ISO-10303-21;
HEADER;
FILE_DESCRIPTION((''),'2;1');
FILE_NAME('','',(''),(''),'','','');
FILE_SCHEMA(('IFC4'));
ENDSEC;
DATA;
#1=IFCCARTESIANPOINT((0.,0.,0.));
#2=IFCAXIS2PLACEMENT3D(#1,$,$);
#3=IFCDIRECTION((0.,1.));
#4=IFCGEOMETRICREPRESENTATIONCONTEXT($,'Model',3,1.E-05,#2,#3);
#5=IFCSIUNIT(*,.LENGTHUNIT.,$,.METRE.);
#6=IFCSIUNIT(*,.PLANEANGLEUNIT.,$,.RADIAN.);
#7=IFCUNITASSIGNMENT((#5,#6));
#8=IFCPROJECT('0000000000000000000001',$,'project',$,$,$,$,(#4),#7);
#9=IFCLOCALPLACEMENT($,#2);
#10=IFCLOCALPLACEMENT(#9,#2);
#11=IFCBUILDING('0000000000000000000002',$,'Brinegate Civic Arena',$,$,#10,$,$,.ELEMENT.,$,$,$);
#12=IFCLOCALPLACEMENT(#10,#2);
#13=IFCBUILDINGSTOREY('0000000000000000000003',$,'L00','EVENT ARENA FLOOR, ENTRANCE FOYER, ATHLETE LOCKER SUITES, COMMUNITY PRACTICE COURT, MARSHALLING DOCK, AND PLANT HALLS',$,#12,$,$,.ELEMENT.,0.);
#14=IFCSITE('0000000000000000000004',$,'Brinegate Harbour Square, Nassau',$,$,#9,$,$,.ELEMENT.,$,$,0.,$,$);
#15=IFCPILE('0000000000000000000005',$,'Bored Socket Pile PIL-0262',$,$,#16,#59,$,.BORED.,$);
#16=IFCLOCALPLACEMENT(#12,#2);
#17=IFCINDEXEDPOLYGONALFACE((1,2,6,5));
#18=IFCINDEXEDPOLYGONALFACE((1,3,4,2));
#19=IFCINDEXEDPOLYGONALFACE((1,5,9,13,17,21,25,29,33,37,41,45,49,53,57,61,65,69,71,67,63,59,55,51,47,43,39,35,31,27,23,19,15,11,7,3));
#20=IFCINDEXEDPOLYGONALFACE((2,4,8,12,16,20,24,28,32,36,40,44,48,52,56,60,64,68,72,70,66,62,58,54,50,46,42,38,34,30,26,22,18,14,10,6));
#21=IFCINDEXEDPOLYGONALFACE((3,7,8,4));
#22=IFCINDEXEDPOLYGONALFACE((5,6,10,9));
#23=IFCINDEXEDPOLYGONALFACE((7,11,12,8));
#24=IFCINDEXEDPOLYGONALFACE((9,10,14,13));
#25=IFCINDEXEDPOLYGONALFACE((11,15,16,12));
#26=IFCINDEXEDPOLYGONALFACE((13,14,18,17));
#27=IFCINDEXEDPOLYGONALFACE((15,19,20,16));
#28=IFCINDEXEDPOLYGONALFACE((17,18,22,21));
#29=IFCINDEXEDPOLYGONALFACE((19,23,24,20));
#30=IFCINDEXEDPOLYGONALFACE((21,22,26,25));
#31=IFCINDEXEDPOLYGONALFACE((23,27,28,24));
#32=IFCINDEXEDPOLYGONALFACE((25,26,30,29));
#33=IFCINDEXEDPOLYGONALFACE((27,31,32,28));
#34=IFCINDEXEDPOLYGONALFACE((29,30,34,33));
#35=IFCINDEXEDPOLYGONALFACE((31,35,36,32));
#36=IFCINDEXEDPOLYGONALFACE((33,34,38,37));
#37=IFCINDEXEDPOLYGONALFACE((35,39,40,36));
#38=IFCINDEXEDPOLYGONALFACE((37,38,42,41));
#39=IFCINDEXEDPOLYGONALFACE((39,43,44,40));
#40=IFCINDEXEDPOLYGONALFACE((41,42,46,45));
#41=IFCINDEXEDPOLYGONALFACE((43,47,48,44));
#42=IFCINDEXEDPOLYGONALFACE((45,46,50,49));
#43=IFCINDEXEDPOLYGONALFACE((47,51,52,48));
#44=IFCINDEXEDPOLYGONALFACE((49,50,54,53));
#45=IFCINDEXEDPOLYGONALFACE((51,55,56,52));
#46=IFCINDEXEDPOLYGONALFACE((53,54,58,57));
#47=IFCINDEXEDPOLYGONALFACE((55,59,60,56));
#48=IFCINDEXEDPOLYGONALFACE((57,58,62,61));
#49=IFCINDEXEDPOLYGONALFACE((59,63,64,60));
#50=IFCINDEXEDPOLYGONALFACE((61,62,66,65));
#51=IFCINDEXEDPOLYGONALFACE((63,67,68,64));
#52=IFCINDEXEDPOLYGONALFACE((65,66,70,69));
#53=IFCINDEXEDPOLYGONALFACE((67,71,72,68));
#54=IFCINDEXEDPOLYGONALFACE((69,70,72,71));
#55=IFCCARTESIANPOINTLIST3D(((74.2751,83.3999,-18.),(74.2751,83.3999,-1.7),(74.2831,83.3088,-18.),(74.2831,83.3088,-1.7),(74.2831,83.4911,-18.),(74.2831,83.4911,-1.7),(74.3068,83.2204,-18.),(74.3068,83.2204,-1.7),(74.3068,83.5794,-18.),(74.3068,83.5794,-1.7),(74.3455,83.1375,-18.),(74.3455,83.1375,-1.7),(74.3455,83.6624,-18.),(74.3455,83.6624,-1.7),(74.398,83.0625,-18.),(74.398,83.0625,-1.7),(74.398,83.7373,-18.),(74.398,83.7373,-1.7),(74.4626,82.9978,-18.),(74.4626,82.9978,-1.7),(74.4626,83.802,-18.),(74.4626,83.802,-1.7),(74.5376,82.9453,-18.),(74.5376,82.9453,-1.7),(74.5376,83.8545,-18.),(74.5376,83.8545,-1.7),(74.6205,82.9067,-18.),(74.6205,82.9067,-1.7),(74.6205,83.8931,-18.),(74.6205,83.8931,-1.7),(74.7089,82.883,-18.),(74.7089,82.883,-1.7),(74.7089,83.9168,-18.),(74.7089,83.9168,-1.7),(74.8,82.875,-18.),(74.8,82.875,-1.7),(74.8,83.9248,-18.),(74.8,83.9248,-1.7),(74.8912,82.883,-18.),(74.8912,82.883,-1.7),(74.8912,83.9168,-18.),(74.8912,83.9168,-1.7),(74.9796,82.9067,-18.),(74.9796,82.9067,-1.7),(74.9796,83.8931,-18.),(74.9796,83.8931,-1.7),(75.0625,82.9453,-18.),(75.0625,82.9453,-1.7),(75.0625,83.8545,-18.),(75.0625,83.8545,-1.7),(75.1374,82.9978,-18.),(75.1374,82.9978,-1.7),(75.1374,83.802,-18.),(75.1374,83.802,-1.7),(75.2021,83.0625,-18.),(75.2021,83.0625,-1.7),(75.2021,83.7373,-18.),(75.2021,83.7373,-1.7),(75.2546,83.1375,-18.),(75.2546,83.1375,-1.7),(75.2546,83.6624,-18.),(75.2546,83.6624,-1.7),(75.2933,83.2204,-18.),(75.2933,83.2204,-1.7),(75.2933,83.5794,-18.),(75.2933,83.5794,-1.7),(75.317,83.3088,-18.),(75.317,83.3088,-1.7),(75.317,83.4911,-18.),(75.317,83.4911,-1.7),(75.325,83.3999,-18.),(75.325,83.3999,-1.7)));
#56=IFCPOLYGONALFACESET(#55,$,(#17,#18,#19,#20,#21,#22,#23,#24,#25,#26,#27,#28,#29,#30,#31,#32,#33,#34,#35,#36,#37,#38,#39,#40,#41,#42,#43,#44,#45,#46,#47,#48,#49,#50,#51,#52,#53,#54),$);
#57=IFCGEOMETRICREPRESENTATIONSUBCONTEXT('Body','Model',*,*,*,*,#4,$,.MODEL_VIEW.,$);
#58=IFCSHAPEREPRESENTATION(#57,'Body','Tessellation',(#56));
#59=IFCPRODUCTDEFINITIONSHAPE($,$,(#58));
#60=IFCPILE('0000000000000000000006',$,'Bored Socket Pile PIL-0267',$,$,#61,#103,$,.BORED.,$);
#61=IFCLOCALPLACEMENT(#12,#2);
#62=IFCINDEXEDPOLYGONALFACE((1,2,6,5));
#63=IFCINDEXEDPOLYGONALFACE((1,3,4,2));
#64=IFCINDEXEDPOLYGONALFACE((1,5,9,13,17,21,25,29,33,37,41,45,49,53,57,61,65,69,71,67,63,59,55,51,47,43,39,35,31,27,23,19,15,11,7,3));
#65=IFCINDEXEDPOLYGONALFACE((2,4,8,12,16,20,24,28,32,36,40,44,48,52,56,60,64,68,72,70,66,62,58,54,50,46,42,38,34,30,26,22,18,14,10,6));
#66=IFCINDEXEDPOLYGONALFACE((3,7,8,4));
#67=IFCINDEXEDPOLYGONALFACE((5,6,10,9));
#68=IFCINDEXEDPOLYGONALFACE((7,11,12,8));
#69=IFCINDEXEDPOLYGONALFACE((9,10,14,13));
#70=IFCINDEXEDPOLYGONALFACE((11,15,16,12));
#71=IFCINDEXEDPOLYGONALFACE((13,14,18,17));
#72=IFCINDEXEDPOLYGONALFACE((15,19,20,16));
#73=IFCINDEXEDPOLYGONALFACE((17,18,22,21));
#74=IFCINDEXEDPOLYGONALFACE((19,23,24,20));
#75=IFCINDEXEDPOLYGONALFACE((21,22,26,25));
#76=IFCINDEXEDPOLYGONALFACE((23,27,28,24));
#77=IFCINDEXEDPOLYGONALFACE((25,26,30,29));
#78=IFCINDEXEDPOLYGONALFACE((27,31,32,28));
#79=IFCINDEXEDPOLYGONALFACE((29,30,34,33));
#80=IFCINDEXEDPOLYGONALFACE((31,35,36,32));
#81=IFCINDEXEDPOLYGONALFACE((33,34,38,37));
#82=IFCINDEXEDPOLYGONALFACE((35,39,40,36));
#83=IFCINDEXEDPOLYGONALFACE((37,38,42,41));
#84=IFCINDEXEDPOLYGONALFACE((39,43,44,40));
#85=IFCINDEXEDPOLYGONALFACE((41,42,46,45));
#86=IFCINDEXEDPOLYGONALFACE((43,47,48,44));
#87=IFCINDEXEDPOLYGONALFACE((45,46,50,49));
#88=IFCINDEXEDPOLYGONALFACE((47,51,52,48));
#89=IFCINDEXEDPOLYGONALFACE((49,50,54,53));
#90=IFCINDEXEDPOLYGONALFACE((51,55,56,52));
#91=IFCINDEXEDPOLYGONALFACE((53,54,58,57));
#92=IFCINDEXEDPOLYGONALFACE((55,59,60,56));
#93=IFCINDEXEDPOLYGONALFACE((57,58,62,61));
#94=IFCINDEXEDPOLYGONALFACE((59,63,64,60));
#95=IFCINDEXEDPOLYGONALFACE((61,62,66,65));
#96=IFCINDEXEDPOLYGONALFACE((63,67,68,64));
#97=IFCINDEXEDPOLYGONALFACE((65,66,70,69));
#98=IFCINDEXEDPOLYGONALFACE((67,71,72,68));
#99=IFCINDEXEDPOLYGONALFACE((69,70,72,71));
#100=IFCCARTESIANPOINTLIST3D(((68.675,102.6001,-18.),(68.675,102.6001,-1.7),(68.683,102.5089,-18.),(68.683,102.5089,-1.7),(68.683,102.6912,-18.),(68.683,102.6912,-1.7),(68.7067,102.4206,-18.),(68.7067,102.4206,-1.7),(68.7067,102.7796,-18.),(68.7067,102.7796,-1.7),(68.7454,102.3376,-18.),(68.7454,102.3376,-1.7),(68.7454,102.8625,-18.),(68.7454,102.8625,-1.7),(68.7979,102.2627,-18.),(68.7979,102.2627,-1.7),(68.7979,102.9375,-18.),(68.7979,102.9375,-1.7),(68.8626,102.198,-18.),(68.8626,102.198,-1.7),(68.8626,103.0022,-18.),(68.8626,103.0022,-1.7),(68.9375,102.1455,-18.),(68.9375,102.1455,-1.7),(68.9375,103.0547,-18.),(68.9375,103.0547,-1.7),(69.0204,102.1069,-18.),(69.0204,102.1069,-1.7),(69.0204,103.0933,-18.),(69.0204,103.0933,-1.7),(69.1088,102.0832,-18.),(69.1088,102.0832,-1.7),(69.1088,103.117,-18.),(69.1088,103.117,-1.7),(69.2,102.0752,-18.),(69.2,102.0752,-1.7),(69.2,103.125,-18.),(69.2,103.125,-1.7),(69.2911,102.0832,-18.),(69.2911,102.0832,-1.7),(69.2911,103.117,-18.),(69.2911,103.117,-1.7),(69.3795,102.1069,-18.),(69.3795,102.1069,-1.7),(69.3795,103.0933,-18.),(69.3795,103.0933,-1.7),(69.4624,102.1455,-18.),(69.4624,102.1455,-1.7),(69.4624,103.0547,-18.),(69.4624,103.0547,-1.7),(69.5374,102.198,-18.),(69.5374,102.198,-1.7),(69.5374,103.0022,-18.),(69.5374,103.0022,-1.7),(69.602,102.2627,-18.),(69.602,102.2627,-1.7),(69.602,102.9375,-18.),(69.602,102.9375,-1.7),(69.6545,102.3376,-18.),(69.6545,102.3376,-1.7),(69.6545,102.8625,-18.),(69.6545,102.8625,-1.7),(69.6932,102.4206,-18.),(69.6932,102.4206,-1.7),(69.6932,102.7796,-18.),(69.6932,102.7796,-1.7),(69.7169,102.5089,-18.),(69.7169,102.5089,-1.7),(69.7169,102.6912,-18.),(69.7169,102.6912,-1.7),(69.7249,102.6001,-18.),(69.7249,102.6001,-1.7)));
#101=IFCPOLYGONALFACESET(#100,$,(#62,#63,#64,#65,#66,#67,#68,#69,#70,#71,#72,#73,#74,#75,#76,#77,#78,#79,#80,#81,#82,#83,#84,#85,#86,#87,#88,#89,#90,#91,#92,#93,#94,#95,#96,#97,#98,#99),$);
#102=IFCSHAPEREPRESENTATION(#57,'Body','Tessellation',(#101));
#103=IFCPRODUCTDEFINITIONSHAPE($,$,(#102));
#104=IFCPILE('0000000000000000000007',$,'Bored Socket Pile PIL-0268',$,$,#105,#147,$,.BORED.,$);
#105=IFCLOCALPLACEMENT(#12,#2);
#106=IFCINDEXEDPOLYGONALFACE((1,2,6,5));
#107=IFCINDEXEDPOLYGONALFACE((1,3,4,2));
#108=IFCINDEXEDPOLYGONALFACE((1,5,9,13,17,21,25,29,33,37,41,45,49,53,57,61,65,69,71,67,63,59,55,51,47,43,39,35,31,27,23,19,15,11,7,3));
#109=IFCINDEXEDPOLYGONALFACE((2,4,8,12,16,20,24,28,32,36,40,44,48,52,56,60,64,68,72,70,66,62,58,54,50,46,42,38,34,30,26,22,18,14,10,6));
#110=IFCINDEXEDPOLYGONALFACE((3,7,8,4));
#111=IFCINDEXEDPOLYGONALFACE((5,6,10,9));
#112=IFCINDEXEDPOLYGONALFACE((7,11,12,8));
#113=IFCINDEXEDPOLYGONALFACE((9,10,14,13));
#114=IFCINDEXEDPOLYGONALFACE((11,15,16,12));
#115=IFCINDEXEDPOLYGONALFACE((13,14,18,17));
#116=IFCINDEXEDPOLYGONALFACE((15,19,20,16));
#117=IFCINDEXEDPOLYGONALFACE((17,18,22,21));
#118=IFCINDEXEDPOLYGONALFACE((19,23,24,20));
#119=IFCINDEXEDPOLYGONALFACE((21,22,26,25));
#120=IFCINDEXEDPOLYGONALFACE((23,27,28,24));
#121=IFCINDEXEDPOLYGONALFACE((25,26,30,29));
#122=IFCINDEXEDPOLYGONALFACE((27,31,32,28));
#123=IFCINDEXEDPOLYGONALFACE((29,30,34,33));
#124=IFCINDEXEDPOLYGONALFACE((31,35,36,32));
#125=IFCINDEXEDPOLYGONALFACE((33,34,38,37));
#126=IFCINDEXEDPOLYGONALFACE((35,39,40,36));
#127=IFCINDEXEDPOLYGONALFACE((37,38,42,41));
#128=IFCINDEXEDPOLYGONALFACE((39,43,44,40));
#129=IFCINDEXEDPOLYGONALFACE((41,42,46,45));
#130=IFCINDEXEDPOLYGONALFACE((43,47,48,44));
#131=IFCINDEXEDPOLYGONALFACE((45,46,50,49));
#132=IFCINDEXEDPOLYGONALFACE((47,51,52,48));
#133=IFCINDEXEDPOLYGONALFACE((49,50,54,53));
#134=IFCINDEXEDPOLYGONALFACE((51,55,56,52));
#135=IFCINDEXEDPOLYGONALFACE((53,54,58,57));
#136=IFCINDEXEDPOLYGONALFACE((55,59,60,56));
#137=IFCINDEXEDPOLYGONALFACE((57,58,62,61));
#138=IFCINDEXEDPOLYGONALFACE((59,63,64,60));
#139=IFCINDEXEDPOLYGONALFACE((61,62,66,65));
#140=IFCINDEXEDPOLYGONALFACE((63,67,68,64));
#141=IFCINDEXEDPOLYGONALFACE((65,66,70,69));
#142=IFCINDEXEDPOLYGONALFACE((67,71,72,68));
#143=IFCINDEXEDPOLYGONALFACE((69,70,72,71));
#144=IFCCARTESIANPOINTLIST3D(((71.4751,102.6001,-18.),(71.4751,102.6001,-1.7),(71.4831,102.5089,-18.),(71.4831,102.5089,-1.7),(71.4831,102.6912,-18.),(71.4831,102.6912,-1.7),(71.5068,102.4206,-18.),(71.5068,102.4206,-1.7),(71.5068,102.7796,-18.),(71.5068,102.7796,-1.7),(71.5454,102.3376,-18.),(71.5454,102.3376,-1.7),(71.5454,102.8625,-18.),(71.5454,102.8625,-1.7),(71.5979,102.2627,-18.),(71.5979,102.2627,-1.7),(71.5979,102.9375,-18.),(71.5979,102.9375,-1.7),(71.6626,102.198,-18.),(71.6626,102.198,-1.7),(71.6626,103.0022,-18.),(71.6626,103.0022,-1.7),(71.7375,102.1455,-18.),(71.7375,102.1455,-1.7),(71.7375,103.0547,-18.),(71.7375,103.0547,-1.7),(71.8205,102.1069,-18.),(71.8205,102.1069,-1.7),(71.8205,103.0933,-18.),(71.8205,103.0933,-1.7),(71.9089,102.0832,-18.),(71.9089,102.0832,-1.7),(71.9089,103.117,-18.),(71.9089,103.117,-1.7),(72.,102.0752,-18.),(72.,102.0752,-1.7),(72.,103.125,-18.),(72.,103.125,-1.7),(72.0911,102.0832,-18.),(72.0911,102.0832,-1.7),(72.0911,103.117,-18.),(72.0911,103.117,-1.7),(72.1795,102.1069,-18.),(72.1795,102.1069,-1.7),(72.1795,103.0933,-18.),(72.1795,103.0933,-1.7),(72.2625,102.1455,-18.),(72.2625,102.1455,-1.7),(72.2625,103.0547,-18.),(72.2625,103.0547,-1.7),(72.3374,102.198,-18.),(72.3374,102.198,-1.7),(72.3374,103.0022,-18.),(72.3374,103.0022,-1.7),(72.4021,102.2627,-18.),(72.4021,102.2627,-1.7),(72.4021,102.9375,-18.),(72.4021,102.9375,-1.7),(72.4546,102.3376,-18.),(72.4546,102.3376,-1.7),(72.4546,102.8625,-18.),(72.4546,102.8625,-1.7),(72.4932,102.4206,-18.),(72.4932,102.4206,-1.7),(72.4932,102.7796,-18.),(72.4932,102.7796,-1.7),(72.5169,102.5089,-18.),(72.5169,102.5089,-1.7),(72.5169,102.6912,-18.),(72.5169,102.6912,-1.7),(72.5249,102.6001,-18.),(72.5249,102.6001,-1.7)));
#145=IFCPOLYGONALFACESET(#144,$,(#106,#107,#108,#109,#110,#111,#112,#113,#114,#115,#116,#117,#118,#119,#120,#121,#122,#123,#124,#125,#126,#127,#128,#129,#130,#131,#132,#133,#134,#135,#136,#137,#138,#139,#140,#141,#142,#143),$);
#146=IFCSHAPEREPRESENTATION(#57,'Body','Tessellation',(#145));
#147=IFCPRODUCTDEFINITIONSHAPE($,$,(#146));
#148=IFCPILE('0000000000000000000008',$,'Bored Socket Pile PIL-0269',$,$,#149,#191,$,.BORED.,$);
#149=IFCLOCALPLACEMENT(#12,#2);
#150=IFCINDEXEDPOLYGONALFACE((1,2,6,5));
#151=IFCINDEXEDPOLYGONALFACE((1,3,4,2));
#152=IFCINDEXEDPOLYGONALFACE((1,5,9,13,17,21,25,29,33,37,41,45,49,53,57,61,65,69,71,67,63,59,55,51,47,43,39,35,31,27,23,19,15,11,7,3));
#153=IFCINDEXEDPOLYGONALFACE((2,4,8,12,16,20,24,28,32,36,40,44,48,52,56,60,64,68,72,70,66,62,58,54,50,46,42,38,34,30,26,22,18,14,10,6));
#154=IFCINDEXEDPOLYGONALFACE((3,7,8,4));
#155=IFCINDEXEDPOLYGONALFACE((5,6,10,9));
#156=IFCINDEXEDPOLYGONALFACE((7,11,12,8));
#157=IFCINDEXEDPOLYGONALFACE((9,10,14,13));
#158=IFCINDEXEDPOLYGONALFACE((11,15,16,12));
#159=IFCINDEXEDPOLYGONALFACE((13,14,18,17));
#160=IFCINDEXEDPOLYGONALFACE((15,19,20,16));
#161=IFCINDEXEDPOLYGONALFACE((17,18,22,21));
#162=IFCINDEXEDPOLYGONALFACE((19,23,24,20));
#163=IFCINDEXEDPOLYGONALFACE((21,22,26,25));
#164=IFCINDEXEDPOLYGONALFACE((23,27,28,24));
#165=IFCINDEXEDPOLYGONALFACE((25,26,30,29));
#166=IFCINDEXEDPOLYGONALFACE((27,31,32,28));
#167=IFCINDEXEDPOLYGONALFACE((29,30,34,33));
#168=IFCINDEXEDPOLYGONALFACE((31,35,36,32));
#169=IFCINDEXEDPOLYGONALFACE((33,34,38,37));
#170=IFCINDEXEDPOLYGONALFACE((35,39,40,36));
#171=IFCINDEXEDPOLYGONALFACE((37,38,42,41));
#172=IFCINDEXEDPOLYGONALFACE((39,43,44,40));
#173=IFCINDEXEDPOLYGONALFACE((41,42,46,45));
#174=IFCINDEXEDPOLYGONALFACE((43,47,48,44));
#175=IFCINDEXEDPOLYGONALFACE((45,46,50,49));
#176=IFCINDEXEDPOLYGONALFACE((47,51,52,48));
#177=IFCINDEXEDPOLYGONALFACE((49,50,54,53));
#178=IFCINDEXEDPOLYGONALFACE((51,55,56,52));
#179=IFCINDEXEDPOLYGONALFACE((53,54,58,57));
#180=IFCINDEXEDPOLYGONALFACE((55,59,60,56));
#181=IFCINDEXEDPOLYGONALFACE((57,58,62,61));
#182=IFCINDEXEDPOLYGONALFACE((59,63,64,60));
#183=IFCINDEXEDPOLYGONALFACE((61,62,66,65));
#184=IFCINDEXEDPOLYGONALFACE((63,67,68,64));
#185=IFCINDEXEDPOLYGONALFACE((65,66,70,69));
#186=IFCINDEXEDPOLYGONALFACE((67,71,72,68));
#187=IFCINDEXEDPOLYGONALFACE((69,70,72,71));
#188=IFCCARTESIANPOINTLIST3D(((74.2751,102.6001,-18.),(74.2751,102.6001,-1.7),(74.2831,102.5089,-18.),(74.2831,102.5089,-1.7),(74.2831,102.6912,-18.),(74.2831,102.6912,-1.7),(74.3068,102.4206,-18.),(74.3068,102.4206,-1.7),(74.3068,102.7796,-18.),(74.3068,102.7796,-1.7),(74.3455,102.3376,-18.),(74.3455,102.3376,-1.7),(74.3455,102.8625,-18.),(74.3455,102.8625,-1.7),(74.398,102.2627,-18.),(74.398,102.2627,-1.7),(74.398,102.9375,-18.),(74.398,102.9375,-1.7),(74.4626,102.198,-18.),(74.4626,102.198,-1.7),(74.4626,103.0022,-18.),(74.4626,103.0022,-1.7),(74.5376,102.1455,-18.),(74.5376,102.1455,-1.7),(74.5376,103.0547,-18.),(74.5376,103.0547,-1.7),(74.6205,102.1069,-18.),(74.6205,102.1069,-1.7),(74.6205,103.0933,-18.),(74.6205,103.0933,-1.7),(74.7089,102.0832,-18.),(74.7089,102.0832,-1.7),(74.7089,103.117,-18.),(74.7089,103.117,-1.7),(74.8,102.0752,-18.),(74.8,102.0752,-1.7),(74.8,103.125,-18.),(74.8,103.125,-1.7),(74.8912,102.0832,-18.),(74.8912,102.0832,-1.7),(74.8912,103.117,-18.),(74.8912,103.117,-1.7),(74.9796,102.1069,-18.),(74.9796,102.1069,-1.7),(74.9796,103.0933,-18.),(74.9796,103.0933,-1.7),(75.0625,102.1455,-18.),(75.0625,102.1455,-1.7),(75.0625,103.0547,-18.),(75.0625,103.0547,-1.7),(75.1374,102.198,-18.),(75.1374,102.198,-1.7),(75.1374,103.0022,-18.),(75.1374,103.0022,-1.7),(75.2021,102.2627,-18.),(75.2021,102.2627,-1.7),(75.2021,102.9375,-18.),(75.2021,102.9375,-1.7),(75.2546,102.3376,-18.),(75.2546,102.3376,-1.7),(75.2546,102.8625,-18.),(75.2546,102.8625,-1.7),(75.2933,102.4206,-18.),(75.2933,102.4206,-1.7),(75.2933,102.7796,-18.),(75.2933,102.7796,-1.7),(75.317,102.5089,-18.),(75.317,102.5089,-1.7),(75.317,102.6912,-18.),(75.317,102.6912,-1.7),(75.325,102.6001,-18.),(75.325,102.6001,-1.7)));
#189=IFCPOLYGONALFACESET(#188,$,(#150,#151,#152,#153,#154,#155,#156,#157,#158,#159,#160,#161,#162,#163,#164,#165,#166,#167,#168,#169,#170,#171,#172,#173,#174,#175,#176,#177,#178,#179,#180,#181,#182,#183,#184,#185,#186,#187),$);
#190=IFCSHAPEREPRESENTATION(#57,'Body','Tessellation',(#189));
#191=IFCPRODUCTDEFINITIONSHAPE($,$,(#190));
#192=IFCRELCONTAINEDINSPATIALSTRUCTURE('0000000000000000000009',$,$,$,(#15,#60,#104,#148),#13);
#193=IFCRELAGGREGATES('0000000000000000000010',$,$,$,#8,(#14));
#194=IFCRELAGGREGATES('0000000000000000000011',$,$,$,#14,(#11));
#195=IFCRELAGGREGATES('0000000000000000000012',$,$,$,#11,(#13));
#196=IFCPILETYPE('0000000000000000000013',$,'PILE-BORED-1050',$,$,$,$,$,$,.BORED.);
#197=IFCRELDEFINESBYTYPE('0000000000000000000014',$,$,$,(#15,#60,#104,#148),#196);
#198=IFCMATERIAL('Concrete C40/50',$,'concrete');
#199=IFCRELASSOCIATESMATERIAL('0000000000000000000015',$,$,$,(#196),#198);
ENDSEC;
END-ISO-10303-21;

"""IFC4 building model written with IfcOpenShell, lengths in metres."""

from ifc_helpers import new_model, si_unit, direction, frame, origin, origin_2d, place, context, subcontext, project, spatial, circle, extrude, material, material_profile, profile_set, type_object, element, save


model = new_model("IFC4")

# Units and contexts
model_context = context("Model", 3, precision=1e-05, world=origin(), true_north=direction((0.0, 1.0)))
body_context = subcontext(model_context, "Body", "Model", "MODEL_VIEW")
ifc_project = project(units=[si_unit("LENGTHUNIT", "METRE"), si_unit("PLANEANGLEUNIT", "RADIAN")], contexts=[model_context])

# Site, building, storey
site_placement = place(None, origin())
site = spatial("IfcSite", under=ifc_project, at=site_placement, Name="Brinegate Harbour Square, Nassau", CompositionType="ELEMENT", RefElevation=0.0)
building_placement = place(site_placement, origin())
building = spatial("IfcBuilding", under=site, at=building_placement, Name="Brinegate Civic Arena", CompositionType="ELEMENT")
storey_placement = place(building_placement, origin())
storey = spatial("IfcBuildingStorey", under=building, at=storey_placement, Name="L00", Description="EVENT ARENA FLOOR, ENTRANCE FOYER, ATHLETE LOCKER SUITES, COMMUNITY PRACTICE COURT, MARSHALLING DOCK, AND PLANT HALLS", CompositionType="ELEMENT", Elevation=0.0)

# Shared definitions
ifc_material_1 = material(Name="Concrete C40/50", Category="concrete")

# Piles
ifc_material_profile_1 = material_profile(ifc_material_1, circle(Radius=0.5249, at=origin_2d()), Name="PILED1050")
ifc_profile_set_1 = profile_set([ifc_material_profile_1], Name="Concrete C40/50")
pile_type_1 = type_object("IfcPileType", Name="PILE-BORED-1050", PredefinedType="BORED", material=ifc_profile_set_1)
for number, where, z_axis, x_axis, name in (
    (1, (74.8, 83.3999, -1.7), (0.0, 0.0, -1.0), (1.0, 0.0, 0.0), "Bored Socket Pile PIL-0262"),
    (2, (69.2, 102.6001, -1.7), (0.0, 0.0, -1.0), (1.0, 0.0, 0.0), "Bored Socket Pile PIL-0267"),
    (3, (72.0, 102.6001, -1.7), (0.0, 0.0, -1.0), (1.0, 0.0, 0.0), "Bored Socket Pile PIL-0268"),
    (4, (74.8, 102.6001, -1.7), (0.0, 0.0, -1.0), (1.0, 0.0, 0.0), "Bored Socket Pile PIL-0269"),
):
    element("IfcPile", number, at=place(storey_placement, frame(where, z_axis=z_axis, x_axis=x_axis)), inside=storey, type_object=pile_type_1, Name=name, PredefinedType="BORED", context=body_context, shape_type="SweptSolid", body=[
        extrude(circle(Radius=0.5249, at=origin_2d()), origin(), (0.0, 0.0, 1.0), 16.3),
    ])

save(model, "model.ifc")
